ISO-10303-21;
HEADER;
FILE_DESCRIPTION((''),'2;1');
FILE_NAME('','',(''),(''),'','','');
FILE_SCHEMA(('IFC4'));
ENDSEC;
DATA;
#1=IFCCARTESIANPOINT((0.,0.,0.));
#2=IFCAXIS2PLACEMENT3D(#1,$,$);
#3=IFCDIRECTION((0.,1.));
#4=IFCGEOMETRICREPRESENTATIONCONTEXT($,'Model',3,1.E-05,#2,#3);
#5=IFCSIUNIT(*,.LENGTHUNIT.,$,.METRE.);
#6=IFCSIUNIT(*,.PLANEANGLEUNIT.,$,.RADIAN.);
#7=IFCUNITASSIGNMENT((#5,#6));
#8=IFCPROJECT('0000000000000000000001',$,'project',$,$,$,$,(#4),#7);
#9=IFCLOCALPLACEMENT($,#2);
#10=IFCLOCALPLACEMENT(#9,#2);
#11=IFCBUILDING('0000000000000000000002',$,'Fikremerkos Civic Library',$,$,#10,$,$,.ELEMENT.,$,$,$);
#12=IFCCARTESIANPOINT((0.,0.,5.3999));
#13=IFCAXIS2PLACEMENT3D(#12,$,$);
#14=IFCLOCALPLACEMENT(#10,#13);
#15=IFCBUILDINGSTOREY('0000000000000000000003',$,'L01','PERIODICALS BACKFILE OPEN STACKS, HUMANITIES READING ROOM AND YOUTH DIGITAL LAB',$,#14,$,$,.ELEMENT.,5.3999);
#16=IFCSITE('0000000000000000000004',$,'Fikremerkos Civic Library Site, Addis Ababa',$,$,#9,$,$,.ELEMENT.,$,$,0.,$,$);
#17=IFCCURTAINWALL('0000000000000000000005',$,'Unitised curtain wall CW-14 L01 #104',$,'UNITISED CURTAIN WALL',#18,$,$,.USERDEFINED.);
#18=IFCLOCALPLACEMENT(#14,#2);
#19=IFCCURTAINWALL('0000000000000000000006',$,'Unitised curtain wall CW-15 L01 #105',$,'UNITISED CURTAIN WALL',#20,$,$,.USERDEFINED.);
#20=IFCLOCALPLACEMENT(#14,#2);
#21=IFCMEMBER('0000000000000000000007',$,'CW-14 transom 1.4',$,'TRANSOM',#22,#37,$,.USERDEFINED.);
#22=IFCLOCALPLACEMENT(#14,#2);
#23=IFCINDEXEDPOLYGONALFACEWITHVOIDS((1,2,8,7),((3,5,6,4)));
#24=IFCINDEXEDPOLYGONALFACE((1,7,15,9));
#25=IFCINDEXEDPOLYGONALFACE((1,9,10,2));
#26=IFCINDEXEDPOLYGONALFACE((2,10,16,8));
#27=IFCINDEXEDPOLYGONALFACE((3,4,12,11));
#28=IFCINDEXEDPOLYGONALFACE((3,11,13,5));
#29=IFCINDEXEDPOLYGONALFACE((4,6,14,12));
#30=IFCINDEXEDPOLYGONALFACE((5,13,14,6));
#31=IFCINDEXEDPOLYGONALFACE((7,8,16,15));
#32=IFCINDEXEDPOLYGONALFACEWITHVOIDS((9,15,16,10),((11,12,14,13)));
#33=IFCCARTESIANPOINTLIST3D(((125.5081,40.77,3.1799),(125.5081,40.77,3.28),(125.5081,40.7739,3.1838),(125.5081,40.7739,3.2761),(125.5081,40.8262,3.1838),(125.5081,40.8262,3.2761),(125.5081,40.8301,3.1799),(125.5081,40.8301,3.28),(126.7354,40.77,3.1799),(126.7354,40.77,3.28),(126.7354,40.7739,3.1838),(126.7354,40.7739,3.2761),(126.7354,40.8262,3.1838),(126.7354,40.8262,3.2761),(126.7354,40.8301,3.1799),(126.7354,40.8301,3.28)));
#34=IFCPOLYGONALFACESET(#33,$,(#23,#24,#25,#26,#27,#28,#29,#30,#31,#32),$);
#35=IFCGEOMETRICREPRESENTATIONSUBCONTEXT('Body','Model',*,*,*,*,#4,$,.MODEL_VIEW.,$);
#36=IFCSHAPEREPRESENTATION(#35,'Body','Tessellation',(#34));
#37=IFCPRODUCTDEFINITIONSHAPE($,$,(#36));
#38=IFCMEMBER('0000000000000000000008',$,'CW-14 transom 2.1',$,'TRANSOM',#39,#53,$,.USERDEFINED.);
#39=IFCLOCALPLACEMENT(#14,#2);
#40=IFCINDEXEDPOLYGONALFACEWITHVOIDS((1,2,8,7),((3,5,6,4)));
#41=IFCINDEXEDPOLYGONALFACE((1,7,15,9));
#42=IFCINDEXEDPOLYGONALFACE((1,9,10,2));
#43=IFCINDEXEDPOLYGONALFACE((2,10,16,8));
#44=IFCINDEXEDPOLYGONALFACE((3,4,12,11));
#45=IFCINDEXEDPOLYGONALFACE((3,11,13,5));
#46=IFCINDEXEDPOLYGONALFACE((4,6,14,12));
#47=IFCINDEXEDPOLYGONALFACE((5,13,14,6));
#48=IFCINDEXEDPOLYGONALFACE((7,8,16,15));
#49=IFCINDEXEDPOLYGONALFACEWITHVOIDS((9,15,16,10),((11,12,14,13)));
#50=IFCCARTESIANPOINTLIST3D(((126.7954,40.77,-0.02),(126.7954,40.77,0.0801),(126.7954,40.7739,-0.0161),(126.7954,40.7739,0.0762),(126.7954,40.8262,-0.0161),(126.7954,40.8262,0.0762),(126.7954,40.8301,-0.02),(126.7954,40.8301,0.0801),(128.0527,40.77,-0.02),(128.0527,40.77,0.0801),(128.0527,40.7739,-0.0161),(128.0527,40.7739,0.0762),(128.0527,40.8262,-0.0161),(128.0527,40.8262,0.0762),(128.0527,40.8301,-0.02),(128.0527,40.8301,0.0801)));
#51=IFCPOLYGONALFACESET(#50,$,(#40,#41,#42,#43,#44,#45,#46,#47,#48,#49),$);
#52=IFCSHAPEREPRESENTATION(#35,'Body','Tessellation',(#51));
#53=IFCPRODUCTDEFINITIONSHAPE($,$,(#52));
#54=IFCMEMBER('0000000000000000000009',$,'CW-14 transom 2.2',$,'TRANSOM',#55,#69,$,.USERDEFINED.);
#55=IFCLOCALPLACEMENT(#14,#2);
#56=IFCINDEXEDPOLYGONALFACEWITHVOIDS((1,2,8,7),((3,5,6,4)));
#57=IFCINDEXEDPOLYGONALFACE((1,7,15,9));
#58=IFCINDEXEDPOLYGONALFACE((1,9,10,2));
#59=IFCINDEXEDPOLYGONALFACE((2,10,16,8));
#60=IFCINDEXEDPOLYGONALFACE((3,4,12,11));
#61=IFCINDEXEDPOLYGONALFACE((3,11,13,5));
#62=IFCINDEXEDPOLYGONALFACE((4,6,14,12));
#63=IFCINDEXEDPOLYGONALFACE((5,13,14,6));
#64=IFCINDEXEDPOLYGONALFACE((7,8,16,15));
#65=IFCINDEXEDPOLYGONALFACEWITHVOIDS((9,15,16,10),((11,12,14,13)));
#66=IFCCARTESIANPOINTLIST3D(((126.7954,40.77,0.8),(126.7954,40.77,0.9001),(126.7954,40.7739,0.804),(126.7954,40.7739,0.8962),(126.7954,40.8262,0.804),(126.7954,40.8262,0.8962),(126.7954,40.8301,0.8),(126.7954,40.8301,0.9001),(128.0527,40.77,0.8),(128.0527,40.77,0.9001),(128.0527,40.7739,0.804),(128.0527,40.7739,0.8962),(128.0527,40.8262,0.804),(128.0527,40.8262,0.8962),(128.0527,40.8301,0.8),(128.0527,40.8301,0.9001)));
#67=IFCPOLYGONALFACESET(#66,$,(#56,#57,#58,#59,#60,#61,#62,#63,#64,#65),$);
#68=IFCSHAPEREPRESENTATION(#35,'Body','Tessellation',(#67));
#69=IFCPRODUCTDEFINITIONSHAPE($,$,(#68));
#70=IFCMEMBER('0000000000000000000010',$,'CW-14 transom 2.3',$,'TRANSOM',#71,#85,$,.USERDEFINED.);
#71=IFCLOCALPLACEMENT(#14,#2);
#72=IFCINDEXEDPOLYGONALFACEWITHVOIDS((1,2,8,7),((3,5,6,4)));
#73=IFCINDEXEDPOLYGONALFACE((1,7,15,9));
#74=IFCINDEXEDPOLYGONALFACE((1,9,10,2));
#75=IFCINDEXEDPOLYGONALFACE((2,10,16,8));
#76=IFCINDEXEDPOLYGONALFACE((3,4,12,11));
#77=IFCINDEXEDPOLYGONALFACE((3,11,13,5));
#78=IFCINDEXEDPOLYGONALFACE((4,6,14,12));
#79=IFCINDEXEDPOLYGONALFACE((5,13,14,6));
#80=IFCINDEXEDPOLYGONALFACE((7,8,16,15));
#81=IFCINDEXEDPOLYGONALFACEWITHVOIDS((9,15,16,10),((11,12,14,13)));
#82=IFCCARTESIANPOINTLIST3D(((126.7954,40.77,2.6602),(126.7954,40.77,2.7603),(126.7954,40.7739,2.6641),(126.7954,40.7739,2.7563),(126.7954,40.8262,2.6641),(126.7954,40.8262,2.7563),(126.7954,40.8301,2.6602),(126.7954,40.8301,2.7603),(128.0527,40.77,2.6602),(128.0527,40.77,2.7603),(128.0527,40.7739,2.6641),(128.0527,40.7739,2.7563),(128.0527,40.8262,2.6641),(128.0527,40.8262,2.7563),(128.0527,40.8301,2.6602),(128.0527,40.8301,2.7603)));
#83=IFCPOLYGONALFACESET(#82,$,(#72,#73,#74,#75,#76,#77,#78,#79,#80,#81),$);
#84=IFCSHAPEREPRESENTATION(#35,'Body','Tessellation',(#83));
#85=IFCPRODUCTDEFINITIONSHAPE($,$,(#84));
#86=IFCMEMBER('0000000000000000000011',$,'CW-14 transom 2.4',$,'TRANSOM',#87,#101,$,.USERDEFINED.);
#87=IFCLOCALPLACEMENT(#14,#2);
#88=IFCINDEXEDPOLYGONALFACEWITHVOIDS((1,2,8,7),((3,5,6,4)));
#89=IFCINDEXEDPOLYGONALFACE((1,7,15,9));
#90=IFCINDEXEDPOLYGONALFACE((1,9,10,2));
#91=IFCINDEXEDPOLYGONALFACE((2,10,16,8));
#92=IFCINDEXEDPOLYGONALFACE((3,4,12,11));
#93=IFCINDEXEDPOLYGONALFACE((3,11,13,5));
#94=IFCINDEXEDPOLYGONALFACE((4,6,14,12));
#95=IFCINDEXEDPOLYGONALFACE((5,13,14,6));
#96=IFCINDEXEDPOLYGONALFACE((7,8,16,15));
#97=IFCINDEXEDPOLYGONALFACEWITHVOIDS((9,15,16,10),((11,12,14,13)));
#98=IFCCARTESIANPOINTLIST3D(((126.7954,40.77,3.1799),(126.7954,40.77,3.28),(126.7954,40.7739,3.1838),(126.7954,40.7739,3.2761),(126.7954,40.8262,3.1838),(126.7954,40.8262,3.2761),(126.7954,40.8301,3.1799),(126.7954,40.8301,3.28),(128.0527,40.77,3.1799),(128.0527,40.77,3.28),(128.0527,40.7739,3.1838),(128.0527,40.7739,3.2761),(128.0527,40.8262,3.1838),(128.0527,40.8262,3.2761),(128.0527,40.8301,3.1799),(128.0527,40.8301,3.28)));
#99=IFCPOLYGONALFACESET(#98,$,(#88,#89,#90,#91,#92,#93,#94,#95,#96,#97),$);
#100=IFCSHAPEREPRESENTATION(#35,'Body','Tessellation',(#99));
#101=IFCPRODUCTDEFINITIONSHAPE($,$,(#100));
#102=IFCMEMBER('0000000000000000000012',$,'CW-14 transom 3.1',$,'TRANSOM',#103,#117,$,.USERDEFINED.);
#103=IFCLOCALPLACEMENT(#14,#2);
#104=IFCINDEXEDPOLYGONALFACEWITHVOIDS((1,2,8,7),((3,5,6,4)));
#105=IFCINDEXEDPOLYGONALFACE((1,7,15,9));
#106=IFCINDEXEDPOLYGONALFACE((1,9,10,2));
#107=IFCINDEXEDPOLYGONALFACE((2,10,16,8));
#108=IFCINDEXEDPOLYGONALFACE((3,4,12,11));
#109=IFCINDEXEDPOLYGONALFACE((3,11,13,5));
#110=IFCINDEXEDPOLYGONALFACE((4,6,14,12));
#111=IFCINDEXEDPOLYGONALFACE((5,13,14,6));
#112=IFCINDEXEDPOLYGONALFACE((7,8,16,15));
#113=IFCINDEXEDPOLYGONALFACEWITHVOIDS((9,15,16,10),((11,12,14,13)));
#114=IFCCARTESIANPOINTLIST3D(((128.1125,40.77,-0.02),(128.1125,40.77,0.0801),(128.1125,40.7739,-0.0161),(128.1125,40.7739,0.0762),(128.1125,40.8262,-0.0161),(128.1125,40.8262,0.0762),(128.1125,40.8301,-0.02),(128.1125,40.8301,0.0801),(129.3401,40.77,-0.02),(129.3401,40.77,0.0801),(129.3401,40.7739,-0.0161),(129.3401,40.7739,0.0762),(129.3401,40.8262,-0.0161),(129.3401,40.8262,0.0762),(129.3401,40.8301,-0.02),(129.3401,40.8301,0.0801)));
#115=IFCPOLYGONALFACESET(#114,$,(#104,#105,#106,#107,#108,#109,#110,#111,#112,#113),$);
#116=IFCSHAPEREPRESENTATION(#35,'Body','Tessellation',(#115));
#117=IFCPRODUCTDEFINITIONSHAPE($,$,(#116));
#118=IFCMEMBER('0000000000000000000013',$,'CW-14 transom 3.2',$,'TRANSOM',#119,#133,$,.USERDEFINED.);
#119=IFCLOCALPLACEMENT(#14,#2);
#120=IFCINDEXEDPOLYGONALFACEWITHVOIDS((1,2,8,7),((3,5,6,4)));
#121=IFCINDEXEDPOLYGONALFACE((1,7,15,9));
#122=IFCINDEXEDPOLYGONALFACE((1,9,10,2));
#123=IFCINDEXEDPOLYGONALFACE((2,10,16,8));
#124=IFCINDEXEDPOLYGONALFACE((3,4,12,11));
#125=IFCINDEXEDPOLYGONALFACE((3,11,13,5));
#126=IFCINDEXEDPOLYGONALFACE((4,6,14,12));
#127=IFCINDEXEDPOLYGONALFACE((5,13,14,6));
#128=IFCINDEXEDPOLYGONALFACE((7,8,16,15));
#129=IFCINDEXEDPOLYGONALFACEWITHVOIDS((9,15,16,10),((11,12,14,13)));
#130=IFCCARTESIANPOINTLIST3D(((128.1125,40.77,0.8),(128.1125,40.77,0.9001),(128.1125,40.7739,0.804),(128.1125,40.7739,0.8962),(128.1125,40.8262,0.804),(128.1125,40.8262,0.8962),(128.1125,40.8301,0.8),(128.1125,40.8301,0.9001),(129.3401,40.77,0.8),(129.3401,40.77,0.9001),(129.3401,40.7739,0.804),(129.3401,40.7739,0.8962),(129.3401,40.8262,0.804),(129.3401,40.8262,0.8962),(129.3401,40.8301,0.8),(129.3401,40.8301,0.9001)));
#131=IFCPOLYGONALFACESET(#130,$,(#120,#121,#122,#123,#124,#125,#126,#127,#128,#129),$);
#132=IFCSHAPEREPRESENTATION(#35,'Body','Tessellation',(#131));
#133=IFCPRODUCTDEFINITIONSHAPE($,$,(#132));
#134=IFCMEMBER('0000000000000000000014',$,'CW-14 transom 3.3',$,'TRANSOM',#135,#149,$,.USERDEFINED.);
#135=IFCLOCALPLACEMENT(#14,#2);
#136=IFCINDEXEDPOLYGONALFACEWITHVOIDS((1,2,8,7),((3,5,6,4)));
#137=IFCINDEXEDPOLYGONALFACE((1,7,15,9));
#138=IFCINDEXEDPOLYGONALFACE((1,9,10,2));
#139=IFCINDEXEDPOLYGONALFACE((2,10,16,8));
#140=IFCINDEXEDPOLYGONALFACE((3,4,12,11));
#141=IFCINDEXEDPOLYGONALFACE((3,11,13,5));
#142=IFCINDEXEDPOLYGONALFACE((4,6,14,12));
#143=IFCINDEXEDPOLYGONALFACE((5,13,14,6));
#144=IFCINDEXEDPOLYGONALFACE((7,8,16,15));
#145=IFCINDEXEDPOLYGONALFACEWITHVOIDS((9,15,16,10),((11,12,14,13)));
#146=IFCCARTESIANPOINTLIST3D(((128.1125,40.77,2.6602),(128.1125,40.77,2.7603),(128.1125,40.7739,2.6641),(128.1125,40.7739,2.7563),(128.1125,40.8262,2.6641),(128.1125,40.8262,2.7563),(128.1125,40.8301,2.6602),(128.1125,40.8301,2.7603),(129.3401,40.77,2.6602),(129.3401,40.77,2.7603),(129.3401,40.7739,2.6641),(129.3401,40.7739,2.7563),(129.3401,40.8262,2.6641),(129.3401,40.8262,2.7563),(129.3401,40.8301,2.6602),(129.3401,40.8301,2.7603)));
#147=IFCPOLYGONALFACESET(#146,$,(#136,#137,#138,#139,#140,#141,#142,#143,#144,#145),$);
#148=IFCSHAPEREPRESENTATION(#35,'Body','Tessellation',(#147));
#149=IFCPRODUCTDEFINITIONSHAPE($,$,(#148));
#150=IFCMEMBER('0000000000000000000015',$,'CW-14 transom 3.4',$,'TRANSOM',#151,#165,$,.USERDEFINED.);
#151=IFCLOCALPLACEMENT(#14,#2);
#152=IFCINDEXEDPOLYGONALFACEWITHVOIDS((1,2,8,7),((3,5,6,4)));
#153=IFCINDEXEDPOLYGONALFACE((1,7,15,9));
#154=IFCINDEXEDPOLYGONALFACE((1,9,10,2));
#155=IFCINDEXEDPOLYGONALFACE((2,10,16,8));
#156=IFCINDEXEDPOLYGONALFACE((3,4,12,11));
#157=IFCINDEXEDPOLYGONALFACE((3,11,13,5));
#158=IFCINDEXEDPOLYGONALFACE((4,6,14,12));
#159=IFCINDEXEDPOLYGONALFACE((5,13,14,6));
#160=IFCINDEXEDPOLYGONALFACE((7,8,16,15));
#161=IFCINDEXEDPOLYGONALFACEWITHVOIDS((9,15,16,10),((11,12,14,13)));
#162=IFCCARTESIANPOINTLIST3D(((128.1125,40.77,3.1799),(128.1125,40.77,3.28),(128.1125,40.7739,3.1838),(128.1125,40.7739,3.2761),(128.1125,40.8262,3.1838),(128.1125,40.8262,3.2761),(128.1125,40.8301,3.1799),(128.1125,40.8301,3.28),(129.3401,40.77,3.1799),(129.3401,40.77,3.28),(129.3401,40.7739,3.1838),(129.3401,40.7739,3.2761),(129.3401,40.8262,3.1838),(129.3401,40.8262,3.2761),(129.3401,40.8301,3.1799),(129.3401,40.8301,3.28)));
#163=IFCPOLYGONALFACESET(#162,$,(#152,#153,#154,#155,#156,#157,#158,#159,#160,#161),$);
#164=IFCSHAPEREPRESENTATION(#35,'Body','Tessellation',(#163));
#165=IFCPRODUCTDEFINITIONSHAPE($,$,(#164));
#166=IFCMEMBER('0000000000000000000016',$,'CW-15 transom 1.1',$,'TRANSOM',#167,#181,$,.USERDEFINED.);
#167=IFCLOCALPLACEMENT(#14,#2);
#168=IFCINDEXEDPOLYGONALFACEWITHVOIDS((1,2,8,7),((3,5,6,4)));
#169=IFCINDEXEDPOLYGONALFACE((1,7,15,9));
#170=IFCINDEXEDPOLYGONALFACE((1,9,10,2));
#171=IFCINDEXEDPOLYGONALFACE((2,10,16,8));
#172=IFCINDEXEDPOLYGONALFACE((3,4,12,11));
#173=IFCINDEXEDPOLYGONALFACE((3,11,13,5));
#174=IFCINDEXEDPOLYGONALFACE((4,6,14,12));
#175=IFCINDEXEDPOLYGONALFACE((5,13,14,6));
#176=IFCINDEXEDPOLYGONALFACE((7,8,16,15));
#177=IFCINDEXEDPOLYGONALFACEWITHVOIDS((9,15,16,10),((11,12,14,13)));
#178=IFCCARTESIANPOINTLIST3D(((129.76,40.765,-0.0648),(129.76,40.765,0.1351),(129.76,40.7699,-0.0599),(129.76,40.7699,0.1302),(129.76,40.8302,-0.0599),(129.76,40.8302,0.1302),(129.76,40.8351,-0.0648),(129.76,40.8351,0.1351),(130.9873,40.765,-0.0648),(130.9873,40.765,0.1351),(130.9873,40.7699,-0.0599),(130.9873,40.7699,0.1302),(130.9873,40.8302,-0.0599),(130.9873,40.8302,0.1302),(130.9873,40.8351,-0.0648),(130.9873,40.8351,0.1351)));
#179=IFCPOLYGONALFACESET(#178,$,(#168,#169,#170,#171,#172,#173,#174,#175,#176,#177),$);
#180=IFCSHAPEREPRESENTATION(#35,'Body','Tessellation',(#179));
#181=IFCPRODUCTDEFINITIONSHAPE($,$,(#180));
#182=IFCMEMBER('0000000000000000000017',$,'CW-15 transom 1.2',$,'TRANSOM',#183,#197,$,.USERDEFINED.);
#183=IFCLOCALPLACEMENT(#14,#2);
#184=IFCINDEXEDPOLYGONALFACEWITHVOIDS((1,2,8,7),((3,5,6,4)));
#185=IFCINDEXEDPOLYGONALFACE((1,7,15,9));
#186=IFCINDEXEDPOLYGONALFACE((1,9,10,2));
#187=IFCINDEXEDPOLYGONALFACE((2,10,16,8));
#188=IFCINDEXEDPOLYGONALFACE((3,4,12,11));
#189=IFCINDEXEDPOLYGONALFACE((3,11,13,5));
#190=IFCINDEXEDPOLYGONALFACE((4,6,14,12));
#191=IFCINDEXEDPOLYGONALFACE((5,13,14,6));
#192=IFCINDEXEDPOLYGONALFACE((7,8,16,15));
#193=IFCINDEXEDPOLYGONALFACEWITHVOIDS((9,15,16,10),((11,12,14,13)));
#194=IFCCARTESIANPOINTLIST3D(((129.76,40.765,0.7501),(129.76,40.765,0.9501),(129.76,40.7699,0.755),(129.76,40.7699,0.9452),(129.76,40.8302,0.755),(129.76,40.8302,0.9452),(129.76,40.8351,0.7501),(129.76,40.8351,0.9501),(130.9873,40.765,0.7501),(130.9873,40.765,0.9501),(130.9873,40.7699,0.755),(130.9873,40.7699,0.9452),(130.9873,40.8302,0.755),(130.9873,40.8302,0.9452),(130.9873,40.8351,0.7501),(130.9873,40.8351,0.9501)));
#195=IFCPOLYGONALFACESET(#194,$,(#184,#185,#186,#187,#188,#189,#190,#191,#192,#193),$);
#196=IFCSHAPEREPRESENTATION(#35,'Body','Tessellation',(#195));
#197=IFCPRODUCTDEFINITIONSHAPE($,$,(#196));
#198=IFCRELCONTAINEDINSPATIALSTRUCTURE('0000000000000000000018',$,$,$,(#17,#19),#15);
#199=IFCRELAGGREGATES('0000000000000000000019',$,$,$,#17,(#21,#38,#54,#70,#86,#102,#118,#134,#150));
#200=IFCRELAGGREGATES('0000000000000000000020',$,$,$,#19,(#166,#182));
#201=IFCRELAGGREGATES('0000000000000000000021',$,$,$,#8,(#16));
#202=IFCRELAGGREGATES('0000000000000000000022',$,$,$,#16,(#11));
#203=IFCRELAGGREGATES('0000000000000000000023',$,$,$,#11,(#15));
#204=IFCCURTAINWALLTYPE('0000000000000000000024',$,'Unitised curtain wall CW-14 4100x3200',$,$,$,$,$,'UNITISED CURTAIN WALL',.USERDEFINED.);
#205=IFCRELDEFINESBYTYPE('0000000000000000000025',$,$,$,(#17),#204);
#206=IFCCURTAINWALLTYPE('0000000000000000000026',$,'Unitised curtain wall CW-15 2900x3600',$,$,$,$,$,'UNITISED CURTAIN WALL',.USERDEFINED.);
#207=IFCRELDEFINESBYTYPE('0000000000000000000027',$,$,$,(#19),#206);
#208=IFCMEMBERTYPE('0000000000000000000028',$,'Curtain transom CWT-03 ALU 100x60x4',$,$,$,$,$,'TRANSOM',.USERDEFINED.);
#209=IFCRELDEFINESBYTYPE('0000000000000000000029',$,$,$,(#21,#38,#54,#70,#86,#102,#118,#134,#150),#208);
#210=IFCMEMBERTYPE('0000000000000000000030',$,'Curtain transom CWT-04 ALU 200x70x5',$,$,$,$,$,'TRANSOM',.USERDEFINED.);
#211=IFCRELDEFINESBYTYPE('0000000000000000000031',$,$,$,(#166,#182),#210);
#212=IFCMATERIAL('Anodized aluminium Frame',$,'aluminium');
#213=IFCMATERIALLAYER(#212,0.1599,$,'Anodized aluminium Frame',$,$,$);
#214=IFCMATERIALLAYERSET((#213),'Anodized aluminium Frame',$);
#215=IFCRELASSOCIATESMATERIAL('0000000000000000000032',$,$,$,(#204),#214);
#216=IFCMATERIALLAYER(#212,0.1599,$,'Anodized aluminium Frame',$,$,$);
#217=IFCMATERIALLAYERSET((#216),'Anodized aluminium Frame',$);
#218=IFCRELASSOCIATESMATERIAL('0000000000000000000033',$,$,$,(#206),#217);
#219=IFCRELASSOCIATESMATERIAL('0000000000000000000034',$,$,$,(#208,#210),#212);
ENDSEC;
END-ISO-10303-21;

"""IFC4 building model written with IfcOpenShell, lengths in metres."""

from ifc_helpers import new_model, si_unit, direction, frame, origin, origin_2d, place, context, subcontext, project, spatial, hollow_rectangle, extrude, material, layer, layer_set, material_profile, profile_set, type_object, element, aggregate, save


model = new_model("IFC4")

# Units and contexts
model_context = context("Model", 3, precision=1e-05, world=origin(), true_north=direction((0.0, 1.0)))
body_context = subcontext(model_context, "Body", "Model", "MODEL_VIEW")
ifc_project = project(units=[si_unit("LENGTHUNIT", "METRE"), si_unit("PLANEANGLEUNIT", "RADIAN")], contexts=[model_context])

# Site, building, storey
site_placement = place(None, origin())
site = spatial("IfcSite", under=ifc_project, at=site_placement, Name="Fikremerkos Civic Library Site, Addis Ababa", CompositionType="ELEMENT", RefElevation=0.0)
building_placement = place(site_placement, origin())
building = spatial("IfcBuilding", under=site, at=building_placement, Name="Fikremerkos Civic Library", CompositionType="ELEMENT")
storey_placement = place(building_placement, frame((0.0, 0.0, 5.3999)))
storey = spatial("IfcBuildingStorey", under=building, at=storey_placement, Name="L01", Description="PERIODICALS BACKFILE OPEN STACKS, HUMANITIES READING ROOM AND YOUTH DIGITAL LAB", CompositionType="ELEMENT", Elevation=5.3999)

# Shared definitions
ifc_material_1 = material(Name="Anodized aluminium Frame", Category="aluminium")

# Curtain wall
ifc_layer_1 = layer(ifc_material_1, 0.1599, Name="Anodized aluminium Frame")
ifc_layer_set_1 = layer_set([ifc_layer_1], Name="Anodized aluminium Frame")
curtain_wall_type_1 = type_object("IfcCurtainWallType", Name="Unitised curtain wall CW-14 4100x3200", ElementType="UNITISED CURTAIN WALL", PredefinedType="USERDEFINED", material=ifc_layer_set_1)
curtain_wall_1_placement = place(storey_placement, origin())
curtain_wall_1 = element("IfcCurtainWall", 1, at=curtain_wall_1_placement, inside=storey, type_object=curtain_wall_type_1, Name="Unitised curtain wall CW-14 L01 #104", ObjectType="UNITISED CURTAIN WALL", PredefinedType="USERDEFINED")

# Curtain wall
ifc_layer_2 = layer(ifc_material_1, 0.1599, Name="Anodized aluminium Frame")
ifc_layer_set_2 = layer_set([ifc_layer_2], Name="Anodized aluminium Frame")
curtain_wall_type_2 = type_object("IfcCurtainWallType", Name="Unitised curtain wall CW-15 2900x3600", ElementType="UNITISED CURTAIN WALL", PredefinedType="USERDEFINED", material=ifc_layer_set_2)
curtain_wall_2_placement = place(storey_placement, origin())
curtain_wall_2 = element("IfcCurtainWall", 2, at=curtain_wall_2_placement, inside=storey, type_object=curtain_wall_type_2, Name="Unitised curtain wall CW-15 L01 #105", ObjectType="UNITISED CURTAIN WALL", PredefinedType="USERDEFINED")

# Members
ifc_material_profile_1 = material_profile(ifc_material_1, hollow_rectangle(XDim=0.0601, YDim=0.1001, WallThickness=0.0039, at=origin_2d()), Name="ALU 100x60x4")
ifc_profile_set_1 = profile_set([ifc_material_profile_1], Name="Anodized aluminium Frame")
member_type_1 = type_object("IfcMemberType", Name="Curtain transom CWT-03 ALU 100x60x4", ElementType="TRANSOM", PredefinedType="USERDEFINED", material=ifc_profile_set_1)
member_1_placement = place(storey_placement, frame((125.5081, 40.8, 3.23), z_axis=(1.0, 0.0, 0.0), x_axis=(0.0, 1.0, 0.0)))
member_1 = element("IfcMember", 3, at=member_1_placement, type_object=member_type_1, Name="CW-14 transom 1.4", ObjectType="TRANSOM", PredefinedType="USERDEFINED", context=body_context, shape_type="SweptSolid", body=[
    extrude(hollow_rectangle(XDim=0.0601, YDim=0.1001, WallThickness=0.0039, at=origin_2d()), origin(), (0.0, 0.0, 1.0), 1.2273),
])
member_2_placement = place(storey_placement, frame((126.7954, 40.8, 0.03), z_axis=(1.0, 0.0, 0.0), x_axis=(0.0, 1.0, 0.0)))
member_2 = element("IfcMember", 4, at=member_2_placement, type_object=member_type_1, Name="CW-14 transom 2.1", ObjectType="TRANSOM", PredefinedType="USERDEFINED", context=body_context, shape_type="SweptSolid", body=[
    extrude(hollow_rectangle(XDim=0.0601, YDim=0.1001, WallThickness=0.0039, at=origin_2d()), origin(), (0.0, 0.0, 1.0), 1.2573),
])
member_3_placement = place(storey_placement, frame((126.7954, 40.8, 0.8501), z_axis=(1.0, 0.0, 0.0), x_axis=(0.0, 1.0, 0.0)))
member_3 = element("IfcMember", 5, at=member_3_placement, type_object=member_type_1, Name="CW-14 transom 2.2", ObjectType="TRANSOM", PredefinedType="USERDEFINED", context=body_context, shape_type="SweptSolid", body=[
    extrude(hollow_rectangle(XDim=0.0601, YDim=0.1001, WallThickness=0.0039, at=origin_2d()), origin(), (0.0, 0.0, 1.0), 1.2573),
])
member_4_placement = place(storey_placement, frame((126.7954, 40.8, 2.7102), z_axis=(1.0, 0.0, 0.0), x_axis=(0.0, 1.0, 0.0)))
member_4 = element("IfcMember", 6, at=member_4_placement, type_object=member_type_1, Name="CW-14 transom 2.3", ObjectType="TRANSOM", PredefinedType="USERDEFINED", context=body_context, shape_type="SweptSolid", body=[
    extrude(hollow_rectangle(XDim=0.0601, YDim=0.1001, WallThickness=0.0039, at=origin_2d()), origin(), (0.0, 0.0, 1.0), 1.2573),
])
member_5_placement = place(storey_placement, frame((126.7954, 40.8, 3.23), z_axis=(1.0, 0.0, 0.0), x_axis=(0.0, 1.0, 0.0)))
member_5 = element("IfcMember", 7, at=member_5_placement, type_object=member_type_1, Name="CW-14 transom 2.4", ObjectType="TRANSOM", PredefinedType="USERDEFINED", context=body_context, shape_type="SweptSolid", body=[
    extrude(hollow_rectangle(XDim=0.0601, YDim=0.1001, WallThickness=0.0039, at=origin_2d()), origin(), (0.0, 0.0, 1.0), 1.2573),
])
member_6_placement = place(storey_placement, frame((128.1125, 40.8, 0.03), z_axis=(1.0, 0.0, 0.0), x_axis=(0.0, 1.0, 0.0)))
member_6 = element("IfcMember", 8, at=member_6_placement, type_object=member_type_1, Name="CW-14 transom 3.1", ObjectType="TRANSOM", PredefinedType="USERDEFINED", context=body_context, shape_type="SweptSolid", body=[
    extrude(hollow_rectangle(XDim=0.0601, YDim=0.1001, WallThickness=0.0039, at=origin_2d()), origin(), (0.0, 0.0, 1.0), 1.2275),
])
member_7_placement = place(storey_placement, frame((128.1125, 40.8, 0.8501), z_axis=(1.0, 0.0, 0.0), x_axis=(0.0, 1.0, 0.0)))
member_7 = element("IfcMember", 9, at=member_7_placement, type_object=member_type_1, Name="CW-14 transom 3.2", ObjectType="TRANSOM", PredefinedType="USERDEFINED", context=body_context, shape_type="SweptSolid", body=[
    extrude(hollow_rectangle(XDim=0.0601, YDim=0.1001, WallThickness=0.0039, at=origin_2d()), origin(), (0.0, 0.0, 1.0), 1.2275),
])
member_8_placement = place(storey_placement, frame((128.1125, 40.8, 2.7102), z_axis=(1.0, 0.0, 0.0), x_axis=(0.0, 1.0, 0.0)))
member_8 = element("IfcMember", 10, at=member_8_placement, type_object=member_type_1, Name="CW-14 transom 3.3", ObjectType="TRANSOM", PredefinedType="USERDEFINED", context=body_context, shape_type="SweptSolid", body=[
    extrude(hollow_rectangle(XDim=0.0601, YDim=0.1001, WallThickness=0.0039, at=origin_2d()), origin(), (0.0, 0.0, 1.0), 1.2275),
])
member_9_placement = place(storey_placement, frame((128.1125, 40.8, 3.23), z_axis=(1.0, 0.0, 0.0), x_axis=(0.0, 1.0, 0.0)))
member_9 = element("IfcMember", 11, at=member_9_placement, type_object=member_type_1, Name="CW-14 transom 3.4", ObjectType="TRANSOM", PredefinedType="USERDEFINED", context=body_context, shape_type="SweptSolid", body=[
    extrude(hollow_rectangle(XDim=0.0601, YDim=0.1001, WallThickness=0.0039, at=origin_2d()), origin(), (0.0, 0.0, 1.0), 1.2275),
])
ifc_material_profile_2 = material_profile(ifc_material_1, hollow_rectangle(XDim=0.0701, YDim=0.2, WallThickness=0.0049, at=origin_2d()), Name="ALU 200x70x5")
ifc_profile_set_2 = profile_set([ifc_material_profile_2], Name="Anodized aluminium Frame")
member_type_2 = type_object("IfcMemberType", Name="Curtain transom CWT-04 ALU 200x70x5", ElementType="TRANSOM", PredefinedType="USERDEFINED", material=ifc_profile_set_2)
member_10_placement = place(storey_placement, frame((129.76, 40.8, 0.0352), z_axis=(1.0, 0.0, 0.0), x_axis=(0.0, 1.0, 0.0)))
member_10 = element("IfcMember", 12, at=member_10_placement, type_object=member_type_2, Name="CW-15 transom 1.1", ObjectType="TRANSOM", PredefinedType="USERDEFINED", context=body_context, shape_type="SweptSolid", body=[
    extrude(hollow_rectangle(XDim=0.0701, YDim=0.2, WallThickness=0.0049, at=origin_2d()), origin(), (0.0, 0.0, 1.0), 1.2273),
])
member_11_placement = place(storey_placement, frame((129.76, 40.8, 0.8501), z_axis=(1.0, 0.0, 0.0), x_axis=(0.0, 1.0, 0.0)))
member_11 = element("IfcMember", 13, at=member_11_placement, type_object=member_type_2, Name="CW-15 transom 1.2", ObjectType="TRANSOM", PredefinedType="USERDEFINED", context=body_context, shape_type="SweptSolid", body=[
    extrude(hollow_rectangle(XDim=0.0701, YDim=0.2, WallThickness=0.0049, at=origin_2d()), origin(), (0.0, 0.0, 1.0), 1.2273),
])

aggregate(curtain_wall_1, [member_1, member_2, member_3, member_4, member_5, member_6, member_7, member_8, member_9])
aggregate(curtain_wall_2, [member_10, member_11])

save(model, "model.ifc")
